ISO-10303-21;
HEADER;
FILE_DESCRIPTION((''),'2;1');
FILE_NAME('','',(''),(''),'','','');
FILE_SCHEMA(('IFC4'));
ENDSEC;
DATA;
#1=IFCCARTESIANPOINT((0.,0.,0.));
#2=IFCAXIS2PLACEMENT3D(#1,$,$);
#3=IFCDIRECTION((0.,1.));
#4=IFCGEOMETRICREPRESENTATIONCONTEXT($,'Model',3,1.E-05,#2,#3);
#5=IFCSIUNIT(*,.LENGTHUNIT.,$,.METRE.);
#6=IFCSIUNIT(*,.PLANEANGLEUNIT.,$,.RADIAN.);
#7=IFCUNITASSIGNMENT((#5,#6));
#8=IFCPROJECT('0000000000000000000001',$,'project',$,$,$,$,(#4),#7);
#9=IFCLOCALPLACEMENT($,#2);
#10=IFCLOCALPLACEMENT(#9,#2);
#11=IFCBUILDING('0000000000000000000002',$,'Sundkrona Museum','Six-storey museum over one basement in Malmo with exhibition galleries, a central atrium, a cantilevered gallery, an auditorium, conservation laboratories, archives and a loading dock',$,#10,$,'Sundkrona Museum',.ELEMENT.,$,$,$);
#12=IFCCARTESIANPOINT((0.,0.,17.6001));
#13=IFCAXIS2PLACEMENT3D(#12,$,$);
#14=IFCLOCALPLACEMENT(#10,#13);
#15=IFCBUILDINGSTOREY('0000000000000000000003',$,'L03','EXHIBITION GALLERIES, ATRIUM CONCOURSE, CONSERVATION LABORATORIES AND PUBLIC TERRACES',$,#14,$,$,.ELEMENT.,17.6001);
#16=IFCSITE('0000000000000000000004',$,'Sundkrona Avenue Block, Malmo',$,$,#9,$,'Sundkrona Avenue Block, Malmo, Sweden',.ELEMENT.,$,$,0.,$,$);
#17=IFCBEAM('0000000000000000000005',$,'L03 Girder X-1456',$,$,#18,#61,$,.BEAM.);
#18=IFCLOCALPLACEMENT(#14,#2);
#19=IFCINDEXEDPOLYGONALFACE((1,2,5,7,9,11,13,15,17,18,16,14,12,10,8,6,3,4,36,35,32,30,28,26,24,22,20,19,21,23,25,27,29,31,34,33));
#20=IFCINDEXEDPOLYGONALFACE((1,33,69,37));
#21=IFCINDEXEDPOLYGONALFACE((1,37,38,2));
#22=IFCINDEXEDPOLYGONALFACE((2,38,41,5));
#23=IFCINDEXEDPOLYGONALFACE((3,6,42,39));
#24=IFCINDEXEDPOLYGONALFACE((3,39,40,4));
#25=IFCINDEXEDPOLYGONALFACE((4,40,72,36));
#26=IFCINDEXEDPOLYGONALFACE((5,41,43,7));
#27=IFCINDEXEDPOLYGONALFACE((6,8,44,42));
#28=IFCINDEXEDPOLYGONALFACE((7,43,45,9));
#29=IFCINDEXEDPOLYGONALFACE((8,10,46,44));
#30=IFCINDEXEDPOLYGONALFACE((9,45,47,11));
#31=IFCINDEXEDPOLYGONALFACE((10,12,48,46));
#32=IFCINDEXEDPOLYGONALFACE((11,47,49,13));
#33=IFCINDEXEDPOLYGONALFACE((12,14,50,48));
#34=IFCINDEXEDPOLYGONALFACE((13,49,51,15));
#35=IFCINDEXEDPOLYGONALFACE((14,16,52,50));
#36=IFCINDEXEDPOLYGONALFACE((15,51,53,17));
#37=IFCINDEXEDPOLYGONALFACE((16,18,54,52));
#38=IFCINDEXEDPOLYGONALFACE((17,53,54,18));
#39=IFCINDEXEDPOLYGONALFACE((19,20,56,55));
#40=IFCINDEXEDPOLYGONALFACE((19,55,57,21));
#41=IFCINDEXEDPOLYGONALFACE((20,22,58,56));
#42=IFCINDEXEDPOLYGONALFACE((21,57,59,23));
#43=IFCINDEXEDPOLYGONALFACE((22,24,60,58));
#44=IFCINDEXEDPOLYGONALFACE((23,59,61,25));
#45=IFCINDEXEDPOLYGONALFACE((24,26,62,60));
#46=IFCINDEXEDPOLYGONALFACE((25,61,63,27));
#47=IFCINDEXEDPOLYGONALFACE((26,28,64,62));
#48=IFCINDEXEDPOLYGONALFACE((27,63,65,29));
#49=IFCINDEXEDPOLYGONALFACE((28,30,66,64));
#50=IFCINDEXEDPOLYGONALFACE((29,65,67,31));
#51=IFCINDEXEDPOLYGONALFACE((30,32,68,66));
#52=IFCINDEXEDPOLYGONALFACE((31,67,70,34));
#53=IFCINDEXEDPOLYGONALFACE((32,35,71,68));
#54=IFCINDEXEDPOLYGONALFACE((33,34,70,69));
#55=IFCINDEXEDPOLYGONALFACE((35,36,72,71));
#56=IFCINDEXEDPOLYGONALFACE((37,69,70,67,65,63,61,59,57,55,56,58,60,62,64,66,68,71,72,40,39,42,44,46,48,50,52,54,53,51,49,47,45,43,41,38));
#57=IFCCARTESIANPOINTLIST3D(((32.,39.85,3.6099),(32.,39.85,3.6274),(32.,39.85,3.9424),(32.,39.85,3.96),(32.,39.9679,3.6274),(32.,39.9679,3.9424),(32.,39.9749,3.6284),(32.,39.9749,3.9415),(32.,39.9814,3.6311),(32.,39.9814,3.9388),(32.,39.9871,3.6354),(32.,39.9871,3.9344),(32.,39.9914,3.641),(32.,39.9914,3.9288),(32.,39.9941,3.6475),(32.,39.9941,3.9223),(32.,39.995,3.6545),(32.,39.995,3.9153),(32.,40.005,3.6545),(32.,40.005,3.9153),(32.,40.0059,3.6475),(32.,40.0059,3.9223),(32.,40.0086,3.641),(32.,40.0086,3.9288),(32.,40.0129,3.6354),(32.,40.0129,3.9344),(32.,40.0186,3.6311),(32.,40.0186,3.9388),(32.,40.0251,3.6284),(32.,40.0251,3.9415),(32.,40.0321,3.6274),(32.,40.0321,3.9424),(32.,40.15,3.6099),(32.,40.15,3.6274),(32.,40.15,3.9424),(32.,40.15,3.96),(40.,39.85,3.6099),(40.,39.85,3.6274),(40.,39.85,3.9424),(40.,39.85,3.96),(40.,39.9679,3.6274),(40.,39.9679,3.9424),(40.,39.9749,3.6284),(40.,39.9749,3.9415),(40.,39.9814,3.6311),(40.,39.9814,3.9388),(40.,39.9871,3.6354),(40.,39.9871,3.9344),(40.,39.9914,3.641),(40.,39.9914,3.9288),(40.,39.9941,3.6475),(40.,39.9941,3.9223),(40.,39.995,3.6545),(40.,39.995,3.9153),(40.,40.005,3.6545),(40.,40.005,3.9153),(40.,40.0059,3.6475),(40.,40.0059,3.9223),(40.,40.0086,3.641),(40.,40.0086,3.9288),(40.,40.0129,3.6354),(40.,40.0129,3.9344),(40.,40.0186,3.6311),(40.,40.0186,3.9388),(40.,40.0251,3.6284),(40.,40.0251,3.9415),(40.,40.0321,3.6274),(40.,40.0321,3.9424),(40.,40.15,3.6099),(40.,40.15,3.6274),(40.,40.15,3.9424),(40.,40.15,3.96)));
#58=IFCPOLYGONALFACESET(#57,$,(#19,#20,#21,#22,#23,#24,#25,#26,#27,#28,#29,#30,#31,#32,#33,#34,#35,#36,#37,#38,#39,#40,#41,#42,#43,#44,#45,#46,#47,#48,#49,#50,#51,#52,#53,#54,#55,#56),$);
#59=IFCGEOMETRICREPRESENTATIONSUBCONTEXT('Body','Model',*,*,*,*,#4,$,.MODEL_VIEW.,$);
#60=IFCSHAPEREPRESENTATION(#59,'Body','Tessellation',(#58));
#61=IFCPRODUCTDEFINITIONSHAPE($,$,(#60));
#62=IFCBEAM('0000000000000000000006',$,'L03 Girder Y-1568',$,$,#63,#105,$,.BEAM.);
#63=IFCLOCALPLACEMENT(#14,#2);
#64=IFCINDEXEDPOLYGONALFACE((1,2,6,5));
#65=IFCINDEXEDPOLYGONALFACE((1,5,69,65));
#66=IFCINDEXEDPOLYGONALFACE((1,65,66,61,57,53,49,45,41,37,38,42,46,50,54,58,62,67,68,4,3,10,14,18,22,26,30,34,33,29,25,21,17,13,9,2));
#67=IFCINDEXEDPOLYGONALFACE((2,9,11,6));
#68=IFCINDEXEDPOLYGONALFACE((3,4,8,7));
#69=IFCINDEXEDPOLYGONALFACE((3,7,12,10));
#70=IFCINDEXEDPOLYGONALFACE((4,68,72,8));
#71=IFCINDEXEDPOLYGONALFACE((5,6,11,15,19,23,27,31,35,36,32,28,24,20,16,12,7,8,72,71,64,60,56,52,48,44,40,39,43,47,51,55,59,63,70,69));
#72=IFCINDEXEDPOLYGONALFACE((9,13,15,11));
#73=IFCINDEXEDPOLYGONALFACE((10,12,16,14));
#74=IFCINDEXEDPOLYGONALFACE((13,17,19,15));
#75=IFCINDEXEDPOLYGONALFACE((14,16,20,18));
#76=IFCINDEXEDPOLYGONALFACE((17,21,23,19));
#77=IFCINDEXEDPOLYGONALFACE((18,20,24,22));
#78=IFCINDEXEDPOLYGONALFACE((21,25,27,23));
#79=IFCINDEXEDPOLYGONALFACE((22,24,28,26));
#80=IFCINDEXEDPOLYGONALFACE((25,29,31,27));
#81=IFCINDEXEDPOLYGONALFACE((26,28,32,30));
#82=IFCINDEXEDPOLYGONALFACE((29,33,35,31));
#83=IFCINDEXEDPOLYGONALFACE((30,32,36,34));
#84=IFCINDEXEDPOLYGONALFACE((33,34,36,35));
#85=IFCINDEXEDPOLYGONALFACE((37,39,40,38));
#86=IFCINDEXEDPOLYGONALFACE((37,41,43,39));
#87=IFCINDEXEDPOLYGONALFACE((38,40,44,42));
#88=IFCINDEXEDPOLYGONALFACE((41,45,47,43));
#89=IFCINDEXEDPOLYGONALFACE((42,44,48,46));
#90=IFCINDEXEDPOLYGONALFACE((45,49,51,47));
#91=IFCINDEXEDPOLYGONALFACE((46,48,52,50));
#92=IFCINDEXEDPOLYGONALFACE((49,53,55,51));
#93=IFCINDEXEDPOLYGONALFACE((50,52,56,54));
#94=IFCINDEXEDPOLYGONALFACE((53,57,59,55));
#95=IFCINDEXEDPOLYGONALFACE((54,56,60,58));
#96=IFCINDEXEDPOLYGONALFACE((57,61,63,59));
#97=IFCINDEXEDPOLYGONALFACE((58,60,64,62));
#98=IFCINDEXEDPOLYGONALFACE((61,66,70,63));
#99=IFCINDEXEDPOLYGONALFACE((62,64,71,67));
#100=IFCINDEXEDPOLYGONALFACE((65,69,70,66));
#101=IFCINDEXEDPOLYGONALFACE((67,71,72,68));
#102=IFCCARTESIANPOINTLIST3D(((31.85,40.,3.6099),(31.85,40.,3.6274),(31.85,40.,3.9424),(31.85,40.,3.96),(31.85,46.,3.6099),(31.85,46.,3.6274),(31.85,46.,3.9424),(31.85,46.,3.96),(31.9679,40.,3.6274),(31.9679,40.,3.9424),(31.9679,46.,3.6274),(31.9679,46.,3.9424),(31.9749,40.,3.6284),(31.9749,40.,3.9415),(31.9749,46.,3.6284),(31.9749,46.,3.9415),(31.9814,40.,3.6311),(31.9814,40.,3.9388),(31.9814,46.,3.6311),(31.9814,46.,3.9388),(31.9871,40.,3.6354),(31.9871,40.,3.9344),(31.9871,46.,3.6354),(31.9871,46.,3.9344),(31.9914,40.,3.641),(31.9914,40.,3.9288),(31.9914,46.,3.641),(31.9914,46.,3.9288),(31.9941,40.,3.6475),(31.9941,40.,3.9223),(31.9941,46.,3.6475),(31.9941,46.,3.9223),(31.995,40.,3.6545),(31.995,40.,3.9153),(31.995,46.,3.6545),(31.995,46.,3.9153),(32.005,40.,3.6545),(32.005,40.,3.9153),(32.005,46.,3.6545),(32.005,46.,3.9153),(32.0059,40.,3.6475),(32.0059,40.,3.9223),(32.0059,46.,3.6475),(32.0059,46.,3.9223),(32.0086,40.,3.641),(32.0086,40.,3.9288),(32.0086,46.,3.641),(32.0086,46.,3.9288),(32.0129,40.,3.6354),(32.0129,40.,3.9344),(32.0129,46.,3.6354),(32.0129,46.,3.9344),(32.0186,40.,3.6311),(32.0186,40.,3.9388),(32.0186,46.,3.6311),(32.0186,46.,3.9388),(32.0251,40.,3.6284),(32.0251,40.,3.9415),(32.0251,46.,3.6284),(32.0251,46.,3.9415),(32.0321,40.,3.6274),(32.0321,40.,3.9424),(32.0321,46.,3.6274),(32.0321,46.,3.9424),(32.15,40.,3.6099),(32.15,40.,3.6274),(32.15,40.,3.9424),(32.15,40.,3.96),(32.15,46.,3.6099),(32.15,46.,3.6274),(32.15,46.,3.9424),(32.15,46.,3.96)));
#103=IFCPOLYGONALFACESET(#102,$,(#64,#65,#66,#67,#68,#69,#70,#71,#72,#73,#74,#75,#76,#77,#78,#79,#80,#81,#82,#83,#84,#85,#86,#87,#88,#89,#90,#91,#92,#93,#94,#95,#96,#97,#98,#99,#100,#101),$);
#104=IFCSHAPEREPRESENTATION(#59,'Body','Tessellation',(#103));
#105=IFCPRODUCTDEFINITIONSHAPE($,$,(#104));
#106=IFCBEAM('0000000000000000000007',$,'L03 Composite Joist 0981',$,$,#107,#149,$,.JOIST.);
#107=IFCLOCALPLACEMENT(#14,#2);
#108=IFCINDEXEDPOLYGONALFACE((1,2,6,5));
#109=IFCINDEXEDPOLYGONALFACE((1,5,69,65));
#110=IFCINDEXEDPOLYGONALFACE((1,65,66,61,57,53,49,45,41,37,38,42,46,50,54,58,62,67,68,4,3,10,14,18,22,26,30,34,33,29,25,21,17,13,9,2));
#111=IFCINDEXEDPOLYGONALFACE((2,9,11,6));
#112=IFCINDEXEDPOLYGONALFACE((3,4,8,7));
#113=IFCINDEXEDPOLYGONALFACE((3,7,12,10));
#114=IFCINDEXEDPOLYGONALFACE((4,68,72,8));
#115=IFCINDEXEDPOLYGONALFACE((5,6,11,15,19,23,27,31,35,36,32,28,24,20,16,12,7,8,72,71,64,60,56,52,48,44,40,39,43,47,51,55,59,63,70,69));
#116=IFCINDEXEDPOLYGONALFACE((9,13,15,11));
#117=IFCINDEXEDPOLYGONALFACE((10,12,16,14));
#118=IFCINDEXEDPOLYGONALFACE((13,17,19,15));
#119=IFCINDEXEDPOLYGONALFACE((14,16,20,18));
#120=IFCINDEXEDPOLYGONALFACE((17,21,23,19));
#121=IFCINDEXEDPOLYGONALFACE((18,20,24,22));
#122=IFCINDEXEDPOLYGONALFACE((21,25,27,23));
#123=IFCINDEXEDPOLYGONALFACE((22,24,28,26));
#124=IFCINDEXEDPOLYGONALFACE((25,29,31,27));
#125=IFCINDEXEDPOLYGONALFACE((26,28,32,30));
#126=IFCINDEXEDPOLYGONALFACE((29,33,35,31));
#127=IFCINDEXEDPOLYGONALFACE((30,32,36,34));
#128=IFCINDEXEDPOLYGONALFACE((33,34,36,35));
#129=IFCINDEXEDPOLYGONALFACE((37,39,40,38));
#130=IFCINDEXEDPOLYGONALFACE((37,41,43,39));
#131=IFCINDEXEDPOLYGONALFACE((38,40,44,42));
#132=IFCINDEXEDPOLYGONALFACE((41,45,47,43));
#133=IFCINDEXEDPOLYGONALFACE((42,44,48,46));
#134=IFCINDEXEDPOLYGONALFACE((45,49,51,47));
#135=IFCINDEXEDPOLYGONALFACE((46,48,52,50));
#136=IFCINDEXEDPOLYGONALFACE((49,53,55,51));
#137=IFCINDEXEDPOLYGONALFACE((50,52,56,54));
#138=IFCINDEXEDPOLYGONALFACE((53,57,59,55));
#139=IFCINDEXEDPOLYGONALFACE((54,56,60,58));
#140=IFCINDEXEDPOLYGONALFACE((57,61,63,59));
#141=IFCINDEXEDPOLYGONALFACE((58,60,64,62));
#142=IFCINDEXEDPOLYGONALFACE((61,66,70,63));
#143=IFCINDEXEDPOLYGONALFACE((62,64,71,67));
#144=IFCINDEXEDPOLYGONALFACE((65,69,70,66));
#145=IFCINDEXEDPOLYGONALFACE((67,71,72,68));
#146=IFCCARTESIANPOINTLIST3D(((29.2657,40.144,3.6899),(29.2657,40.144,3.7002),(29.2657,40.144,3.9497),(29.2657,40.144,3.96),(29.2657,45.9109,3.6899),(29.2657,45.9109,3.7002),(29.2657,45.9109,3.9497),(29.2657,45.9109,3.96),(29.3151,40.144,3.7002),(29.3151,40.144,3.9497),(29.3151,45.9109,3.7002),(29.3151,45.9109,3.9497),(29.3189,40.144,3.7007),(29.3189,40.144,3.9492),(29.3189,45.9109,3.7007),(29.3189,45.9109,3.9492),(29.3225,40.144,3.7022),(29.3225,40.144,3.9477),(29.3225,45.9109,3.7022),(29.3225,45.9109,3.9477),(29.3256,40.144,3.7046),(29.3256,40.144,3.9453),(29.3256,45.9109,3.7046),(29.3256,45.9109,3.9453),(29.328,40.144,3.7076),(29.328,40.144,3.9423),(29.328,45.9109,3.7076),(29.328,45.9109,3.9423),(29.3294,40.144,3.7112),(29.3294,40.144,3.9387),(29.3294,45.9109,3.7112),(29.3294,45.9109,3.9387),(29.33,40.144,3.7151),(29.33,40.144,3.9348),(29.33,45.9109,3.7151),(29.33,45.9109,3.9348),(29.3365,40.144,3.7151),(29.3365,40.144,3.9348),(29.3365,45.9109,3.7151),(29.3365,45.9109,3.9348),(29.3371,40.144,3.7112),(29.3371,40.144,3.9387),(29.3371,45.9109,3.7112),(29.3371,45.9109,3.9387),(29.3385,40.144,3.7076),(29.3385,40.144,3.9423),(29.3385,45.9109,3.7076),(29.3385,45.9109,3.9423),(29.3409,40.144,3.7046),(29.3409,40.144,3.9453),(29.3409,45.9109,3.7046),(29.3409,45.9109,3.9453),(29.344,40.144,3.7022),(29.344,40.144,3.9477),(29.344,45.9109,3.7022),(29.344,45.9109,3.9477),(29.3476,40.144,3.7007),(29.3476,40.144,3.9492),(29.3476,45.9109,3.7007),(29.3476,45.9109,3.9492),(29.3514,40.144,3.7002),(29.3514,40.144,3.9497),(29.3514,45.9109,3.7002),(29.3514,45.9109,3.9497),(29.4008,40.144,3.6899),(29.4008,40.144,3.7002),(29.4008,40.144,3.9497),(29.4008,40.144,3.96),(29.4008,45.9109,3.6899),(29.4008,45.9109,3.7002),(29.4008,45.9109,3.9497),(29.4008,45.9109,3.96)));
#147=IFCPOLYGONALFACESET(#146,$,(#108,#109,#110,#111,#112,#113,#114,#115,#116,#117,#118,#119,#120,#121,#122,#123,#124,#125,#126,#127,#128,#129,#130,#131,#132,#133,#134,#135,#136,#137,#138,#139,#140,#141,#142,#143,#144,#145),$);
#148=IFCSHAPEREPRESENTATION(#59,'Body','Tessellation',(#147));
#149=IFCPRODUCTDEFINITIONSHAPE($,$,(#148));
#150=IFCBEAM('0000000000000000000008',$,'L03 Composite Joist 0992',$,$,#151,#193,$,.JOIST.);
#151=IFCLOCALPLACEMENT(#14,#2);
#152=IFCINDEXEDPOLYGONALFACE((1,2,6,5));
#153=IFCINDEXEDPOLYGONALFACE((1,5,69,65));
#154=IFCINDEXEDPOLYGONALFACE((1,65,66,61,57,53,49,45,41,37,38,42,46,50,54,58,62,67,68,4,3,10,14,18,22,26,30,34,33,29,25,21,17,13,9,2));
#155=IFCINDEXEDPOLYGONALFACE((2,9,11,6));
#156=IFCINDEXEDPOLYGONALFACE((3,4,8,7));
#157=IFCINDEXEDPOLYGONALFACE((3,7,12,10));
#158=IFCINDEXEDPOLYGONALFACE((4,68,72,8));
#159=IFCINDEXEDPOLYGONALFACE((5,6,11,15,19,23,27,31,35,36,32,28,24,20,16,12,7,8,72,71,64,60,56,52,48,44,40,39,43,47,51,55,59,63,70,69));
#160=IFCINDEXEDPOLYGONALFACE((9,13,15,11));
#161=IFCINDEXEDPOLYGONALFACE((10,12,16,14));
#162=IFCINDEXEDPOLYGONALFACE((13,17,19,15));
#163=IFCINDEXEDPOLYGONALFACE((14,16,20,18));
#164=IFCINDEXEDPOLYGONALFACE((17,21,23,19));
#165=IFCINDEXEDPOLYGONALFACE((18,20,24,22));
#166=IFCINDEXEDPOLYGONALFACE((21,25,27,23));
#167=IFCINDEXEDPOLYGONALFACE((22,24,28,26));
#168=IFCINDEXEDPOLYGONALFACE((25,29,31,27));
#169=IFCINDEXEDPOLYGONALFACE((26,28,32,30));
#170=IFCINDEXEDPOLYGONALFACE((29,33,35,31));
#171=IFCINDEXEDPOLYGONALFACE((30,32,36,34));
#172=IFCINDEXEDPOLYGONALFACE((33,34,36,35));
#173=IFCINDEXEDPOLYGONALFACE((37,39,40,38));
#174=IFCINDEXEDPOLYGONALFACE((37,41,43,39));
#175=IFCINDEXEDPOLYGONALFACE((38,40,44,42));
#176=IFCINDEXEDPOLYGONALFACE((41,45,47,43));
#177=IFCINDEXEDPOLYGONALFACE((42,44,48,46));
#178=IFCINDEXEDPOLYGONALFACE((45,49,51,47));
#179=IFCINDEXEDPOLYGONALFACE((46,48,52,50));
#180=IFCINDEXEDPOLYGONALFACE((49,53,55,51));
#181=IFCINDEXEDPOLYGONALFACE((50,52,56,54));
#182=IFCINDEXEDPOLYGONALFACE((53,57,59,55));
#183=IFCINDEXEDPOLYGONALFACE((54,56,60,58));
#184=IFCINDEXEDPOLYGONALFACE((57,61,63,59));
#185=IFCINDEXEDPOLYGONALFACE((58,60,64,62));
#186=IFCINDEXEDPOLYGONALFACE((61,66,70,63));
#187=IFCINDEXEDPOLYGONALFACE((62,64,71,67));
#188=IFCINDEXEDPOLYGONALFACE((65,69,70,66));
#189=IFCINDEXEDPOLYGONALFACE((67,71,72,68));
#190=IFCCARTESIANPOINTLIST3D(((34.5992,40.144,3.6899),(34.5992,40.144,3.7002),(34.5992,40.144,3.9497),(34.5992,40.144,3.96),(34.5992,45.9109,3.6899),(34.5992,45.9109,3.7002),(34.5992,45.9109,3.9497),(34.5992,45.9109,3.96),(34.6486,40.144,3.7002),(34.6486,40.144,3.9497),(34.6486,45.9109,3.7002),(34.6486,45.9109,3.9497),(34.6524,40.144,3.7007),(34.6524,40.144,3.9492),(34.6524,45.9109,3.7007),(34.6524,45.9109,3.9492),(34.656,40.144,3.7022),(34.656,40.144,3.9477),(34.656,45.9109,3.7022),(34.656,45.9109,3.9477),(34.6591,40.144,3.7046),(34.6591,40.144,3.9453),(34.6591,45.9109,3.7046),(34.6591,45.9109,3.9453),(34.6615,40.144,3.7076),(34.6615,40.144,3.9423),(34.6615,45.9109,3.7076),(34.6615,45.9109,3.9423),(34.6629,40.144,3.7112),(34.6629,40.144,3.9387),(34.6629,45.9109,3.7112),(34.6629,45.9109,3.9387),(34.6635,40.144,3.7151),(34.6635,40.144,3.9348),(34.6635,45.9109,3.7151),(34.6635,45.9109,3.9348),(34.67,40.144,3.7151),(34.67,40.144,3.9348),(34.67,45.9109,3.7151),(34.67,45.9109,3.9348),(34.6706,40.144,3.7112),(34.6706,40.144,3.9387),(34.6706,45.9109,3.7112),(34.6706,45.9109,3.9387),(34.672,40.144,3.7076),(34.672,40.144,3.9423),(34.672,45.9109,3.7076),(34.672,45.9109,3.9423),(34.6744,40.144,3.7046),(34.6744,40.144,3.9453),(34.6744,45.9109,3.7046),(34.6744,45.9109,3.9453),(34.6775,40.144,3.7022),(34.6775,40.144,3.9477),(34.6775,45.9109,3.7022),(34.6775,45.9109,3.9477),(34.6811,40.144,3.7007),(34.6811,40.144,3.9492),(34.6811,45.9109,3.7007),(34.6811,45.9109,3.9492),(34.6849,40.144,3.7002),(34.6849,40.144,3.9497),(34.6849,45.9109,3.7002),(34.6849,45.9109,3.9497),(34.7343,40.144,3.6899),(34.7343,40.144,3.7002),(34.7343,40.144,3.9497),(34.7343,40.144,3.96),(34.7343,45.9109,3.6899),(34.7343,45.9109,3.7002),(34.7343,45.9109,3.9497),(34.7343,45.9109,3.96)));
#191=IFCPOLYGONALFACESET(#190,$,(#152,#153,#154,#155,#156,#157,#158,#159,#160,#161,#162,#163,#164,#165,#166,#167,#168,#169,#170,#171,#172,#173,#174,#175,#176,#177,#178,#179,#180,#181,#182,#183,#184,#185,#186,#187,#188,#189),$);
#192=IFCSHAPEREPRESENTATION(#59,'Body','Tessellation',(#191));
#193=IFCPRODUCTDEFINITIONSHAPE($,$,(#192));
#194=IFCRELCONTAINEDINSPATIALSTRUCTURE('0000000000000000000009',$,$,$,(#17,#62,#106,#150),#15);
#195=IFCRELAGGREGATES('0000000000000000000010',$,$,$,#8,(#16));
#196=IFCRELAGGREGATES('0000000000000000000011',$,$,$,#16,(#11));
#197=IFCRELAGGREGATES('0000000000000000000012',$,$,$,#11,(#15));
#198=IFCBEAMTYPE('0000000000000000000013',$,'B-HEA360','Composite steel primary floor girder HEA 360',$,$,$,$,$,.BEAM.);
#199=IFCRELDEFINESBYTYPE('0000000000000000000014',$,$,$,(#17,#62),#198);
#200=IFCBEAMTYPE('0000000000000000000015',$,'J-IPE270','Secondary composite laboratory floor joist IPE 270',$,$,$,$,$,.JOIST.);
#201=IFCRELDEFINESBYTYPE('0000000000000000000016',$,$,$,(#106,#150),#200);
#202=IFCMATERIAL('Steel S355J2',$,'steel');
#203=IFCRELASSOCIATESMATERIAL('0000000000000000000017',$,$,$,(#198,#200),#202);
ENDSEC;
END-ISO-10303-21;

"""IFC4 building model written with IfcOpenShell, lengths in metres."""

from ifc_helpers import new_model, si_unit, direction, frame, origin, origin_2d, place, context, subcontext, project, spatial, i_section, extrude, material, material_profile, profile_set, type_object, element, save


model = new_model("IFC4")

# Units and contexts
model_context = context("Model", 3, precision=1e-05, world=origin(), true_north=direction((0.0, 1.0)))
body_context = subcontext(model_context, "Body", "Model", "MODEL_VIEW")
ifc_project = project(units=[si_unit("LENGTHUNIT", "METRE"), si_unit("PLANEANGLEUNIT", "RADIAN")], contexts=[model_context])

# Site, building, storey
site_placement = place(None, origin())
site = spatial("IfcSite", under=ifc_project, at=site_placement, Name="Sundkrona Avenue Block, Malmo", LongName="Sundkrona Avenue Block, Malmo, Sweden", CompositionType="ELEMENT", RefElevation=0.0)
building_placement = place(site_placement, origin())
building = spatial("IfcBuilding", under=site, at=building_placement, Name="Sundkrona Museum", Description="Six-storey museum over one basement in Malmo with exhibition galleries, a central atrium, a cantilevered gallery, an auditorium, conservation laboratories, archives and a loading dock", LongName="Sundkrona Museum", CompositionType="ELEMENT")
storey_placement = place(building_placement, frame((0.0, 0.0, 17.6001)))
storey = spatial("IfcBuildingStorey", under=building, at=storey_placement, Name="L03", Description="EXHIBITION GALLERIES, ATRIUM CONCOURSE, CONSERVATION LABORATORIES AND PUBLIC TERRACES", CompositionType="ELEMENT", Elevation=17.6001)

# Shared definitions
ifc_material_1 = material(Name="Steel S355J2", Category="steel")

# Beams
ifc_material_profile_1 = material_profile(ifc_material_1, i_section(OverallWidth=0.3, OverallDepth=0.3501, WebThickness=0.01, FlangeThickness=0.0176, FilletRadius=0.0271, at=origin_2d()), Name="HEA 360")
ifc_profile_set_1 = profile_set([ifc_material_profile_1], Name="Steel S355J2")
beam_type_1 = type_object("IfcBeamType", Name="B-HEA360", Description="Composite steel primary floor girder HEA 360", PredefinedType="BEAM", material=ifc_profile_set_1)
for number, where, z_axis, x_axis, name in (
    (1, (32.0, 40.0, 3.7849), (1.0, 0.0, 0.0), (0.0, 1.0, 0.0), "L03 Girder X-1456"),
):
    element("IfcBeam", number, at=place(storey_placement, frame(where, z_axis=z_axis, x_axis=x_axis)), inside=storey, type_object=beam_type_1, Name=name, PredefinedType="BEAM", context=body_context, shape_type="SweptSolid", body=[
        extrude(i_section(OverallWidth=0.3, OverallDepth=0.3501, WebThickness=0.01, FlangeThickness=0.0176, FilletRadius=0.0271, at=origin_2d()), origin(), (0.0, 0.0, 1.0), 8.0),
    ])
beam_1_placement = place(storey_placement, frame((32.0, 40.0, 3.7849), z_axis=(0.0, 1.0, 0.0), x_axis=(-1.0, 0.0, 0.0)))
element("IfcBeam", 2, at=beam_1_placement, inside=storey, type_object=beam_type_1, Name="L03 Girder Y-1568", PredefinedType="BEAM", context=body_context, shape_type="SweptSolid", body=[
    extrude(i_section(OverallWidth=0.3, OverallDepth=0.3501, WebThickness=0.01, FlangeThickness=0.0176, FilletRadius=0.0271, at=origin_2d()), origin(), (0.0, 0.0, 1.0), 6.0),
])
ifc_material_profile_2 = material_profile(ifc_material_1, i_section(OverallWidth=0.135, OverallDepth=0.27, WebThickness=0.0066, FlangeThickness=0.0103, FilletRadius=0.0149, at=origin_2d()), Name="IPE 270")
ifc_profile_set_2 = profile_set([ifc_material_profile_2], Name="Steel S355J2")
beam_type_2 = type_object("IfcBeamType", Name="J-IPE270", Description="Secondary composite laboratory floor joist IPE 270", PredefinedType="JOIST", material=ifc_profile_set_2)
for number, where, z_axis, x_axis, name in (
    (3, (29.3333, 40.144, 3.825), (0.0, 1.0, 0.0), (-1.0, 0.0, 0.0), "L03 Composite Joist 0981"),
    (4, (34.6667, 40.144, 3.825), (0.0, 1.0, 0.0), (-1.0, 0.0, 0.0), "L03 Composite Joist 0992"),
):
    element("IfcBeam", number, at=place(storey_placement, frame(where, z_axis=z_axis, x_axis=x_axis)), inside=storey, type_object=beam_type_2, Name=name, PredefinedType="JOIST", context=body_context, shape_type="SweptSolid", body=[
        extrude(i_section(OverallWidth=0.135, OverallDepth=0.27, WebThickness=0.0066, FlangeThickness=0.0103, FilletRadius=0.0149, at=origin_2d()), origin(), (0.0, 0.0, 1.0), 5.7668),
    ])

save(model, "model.ifc")
